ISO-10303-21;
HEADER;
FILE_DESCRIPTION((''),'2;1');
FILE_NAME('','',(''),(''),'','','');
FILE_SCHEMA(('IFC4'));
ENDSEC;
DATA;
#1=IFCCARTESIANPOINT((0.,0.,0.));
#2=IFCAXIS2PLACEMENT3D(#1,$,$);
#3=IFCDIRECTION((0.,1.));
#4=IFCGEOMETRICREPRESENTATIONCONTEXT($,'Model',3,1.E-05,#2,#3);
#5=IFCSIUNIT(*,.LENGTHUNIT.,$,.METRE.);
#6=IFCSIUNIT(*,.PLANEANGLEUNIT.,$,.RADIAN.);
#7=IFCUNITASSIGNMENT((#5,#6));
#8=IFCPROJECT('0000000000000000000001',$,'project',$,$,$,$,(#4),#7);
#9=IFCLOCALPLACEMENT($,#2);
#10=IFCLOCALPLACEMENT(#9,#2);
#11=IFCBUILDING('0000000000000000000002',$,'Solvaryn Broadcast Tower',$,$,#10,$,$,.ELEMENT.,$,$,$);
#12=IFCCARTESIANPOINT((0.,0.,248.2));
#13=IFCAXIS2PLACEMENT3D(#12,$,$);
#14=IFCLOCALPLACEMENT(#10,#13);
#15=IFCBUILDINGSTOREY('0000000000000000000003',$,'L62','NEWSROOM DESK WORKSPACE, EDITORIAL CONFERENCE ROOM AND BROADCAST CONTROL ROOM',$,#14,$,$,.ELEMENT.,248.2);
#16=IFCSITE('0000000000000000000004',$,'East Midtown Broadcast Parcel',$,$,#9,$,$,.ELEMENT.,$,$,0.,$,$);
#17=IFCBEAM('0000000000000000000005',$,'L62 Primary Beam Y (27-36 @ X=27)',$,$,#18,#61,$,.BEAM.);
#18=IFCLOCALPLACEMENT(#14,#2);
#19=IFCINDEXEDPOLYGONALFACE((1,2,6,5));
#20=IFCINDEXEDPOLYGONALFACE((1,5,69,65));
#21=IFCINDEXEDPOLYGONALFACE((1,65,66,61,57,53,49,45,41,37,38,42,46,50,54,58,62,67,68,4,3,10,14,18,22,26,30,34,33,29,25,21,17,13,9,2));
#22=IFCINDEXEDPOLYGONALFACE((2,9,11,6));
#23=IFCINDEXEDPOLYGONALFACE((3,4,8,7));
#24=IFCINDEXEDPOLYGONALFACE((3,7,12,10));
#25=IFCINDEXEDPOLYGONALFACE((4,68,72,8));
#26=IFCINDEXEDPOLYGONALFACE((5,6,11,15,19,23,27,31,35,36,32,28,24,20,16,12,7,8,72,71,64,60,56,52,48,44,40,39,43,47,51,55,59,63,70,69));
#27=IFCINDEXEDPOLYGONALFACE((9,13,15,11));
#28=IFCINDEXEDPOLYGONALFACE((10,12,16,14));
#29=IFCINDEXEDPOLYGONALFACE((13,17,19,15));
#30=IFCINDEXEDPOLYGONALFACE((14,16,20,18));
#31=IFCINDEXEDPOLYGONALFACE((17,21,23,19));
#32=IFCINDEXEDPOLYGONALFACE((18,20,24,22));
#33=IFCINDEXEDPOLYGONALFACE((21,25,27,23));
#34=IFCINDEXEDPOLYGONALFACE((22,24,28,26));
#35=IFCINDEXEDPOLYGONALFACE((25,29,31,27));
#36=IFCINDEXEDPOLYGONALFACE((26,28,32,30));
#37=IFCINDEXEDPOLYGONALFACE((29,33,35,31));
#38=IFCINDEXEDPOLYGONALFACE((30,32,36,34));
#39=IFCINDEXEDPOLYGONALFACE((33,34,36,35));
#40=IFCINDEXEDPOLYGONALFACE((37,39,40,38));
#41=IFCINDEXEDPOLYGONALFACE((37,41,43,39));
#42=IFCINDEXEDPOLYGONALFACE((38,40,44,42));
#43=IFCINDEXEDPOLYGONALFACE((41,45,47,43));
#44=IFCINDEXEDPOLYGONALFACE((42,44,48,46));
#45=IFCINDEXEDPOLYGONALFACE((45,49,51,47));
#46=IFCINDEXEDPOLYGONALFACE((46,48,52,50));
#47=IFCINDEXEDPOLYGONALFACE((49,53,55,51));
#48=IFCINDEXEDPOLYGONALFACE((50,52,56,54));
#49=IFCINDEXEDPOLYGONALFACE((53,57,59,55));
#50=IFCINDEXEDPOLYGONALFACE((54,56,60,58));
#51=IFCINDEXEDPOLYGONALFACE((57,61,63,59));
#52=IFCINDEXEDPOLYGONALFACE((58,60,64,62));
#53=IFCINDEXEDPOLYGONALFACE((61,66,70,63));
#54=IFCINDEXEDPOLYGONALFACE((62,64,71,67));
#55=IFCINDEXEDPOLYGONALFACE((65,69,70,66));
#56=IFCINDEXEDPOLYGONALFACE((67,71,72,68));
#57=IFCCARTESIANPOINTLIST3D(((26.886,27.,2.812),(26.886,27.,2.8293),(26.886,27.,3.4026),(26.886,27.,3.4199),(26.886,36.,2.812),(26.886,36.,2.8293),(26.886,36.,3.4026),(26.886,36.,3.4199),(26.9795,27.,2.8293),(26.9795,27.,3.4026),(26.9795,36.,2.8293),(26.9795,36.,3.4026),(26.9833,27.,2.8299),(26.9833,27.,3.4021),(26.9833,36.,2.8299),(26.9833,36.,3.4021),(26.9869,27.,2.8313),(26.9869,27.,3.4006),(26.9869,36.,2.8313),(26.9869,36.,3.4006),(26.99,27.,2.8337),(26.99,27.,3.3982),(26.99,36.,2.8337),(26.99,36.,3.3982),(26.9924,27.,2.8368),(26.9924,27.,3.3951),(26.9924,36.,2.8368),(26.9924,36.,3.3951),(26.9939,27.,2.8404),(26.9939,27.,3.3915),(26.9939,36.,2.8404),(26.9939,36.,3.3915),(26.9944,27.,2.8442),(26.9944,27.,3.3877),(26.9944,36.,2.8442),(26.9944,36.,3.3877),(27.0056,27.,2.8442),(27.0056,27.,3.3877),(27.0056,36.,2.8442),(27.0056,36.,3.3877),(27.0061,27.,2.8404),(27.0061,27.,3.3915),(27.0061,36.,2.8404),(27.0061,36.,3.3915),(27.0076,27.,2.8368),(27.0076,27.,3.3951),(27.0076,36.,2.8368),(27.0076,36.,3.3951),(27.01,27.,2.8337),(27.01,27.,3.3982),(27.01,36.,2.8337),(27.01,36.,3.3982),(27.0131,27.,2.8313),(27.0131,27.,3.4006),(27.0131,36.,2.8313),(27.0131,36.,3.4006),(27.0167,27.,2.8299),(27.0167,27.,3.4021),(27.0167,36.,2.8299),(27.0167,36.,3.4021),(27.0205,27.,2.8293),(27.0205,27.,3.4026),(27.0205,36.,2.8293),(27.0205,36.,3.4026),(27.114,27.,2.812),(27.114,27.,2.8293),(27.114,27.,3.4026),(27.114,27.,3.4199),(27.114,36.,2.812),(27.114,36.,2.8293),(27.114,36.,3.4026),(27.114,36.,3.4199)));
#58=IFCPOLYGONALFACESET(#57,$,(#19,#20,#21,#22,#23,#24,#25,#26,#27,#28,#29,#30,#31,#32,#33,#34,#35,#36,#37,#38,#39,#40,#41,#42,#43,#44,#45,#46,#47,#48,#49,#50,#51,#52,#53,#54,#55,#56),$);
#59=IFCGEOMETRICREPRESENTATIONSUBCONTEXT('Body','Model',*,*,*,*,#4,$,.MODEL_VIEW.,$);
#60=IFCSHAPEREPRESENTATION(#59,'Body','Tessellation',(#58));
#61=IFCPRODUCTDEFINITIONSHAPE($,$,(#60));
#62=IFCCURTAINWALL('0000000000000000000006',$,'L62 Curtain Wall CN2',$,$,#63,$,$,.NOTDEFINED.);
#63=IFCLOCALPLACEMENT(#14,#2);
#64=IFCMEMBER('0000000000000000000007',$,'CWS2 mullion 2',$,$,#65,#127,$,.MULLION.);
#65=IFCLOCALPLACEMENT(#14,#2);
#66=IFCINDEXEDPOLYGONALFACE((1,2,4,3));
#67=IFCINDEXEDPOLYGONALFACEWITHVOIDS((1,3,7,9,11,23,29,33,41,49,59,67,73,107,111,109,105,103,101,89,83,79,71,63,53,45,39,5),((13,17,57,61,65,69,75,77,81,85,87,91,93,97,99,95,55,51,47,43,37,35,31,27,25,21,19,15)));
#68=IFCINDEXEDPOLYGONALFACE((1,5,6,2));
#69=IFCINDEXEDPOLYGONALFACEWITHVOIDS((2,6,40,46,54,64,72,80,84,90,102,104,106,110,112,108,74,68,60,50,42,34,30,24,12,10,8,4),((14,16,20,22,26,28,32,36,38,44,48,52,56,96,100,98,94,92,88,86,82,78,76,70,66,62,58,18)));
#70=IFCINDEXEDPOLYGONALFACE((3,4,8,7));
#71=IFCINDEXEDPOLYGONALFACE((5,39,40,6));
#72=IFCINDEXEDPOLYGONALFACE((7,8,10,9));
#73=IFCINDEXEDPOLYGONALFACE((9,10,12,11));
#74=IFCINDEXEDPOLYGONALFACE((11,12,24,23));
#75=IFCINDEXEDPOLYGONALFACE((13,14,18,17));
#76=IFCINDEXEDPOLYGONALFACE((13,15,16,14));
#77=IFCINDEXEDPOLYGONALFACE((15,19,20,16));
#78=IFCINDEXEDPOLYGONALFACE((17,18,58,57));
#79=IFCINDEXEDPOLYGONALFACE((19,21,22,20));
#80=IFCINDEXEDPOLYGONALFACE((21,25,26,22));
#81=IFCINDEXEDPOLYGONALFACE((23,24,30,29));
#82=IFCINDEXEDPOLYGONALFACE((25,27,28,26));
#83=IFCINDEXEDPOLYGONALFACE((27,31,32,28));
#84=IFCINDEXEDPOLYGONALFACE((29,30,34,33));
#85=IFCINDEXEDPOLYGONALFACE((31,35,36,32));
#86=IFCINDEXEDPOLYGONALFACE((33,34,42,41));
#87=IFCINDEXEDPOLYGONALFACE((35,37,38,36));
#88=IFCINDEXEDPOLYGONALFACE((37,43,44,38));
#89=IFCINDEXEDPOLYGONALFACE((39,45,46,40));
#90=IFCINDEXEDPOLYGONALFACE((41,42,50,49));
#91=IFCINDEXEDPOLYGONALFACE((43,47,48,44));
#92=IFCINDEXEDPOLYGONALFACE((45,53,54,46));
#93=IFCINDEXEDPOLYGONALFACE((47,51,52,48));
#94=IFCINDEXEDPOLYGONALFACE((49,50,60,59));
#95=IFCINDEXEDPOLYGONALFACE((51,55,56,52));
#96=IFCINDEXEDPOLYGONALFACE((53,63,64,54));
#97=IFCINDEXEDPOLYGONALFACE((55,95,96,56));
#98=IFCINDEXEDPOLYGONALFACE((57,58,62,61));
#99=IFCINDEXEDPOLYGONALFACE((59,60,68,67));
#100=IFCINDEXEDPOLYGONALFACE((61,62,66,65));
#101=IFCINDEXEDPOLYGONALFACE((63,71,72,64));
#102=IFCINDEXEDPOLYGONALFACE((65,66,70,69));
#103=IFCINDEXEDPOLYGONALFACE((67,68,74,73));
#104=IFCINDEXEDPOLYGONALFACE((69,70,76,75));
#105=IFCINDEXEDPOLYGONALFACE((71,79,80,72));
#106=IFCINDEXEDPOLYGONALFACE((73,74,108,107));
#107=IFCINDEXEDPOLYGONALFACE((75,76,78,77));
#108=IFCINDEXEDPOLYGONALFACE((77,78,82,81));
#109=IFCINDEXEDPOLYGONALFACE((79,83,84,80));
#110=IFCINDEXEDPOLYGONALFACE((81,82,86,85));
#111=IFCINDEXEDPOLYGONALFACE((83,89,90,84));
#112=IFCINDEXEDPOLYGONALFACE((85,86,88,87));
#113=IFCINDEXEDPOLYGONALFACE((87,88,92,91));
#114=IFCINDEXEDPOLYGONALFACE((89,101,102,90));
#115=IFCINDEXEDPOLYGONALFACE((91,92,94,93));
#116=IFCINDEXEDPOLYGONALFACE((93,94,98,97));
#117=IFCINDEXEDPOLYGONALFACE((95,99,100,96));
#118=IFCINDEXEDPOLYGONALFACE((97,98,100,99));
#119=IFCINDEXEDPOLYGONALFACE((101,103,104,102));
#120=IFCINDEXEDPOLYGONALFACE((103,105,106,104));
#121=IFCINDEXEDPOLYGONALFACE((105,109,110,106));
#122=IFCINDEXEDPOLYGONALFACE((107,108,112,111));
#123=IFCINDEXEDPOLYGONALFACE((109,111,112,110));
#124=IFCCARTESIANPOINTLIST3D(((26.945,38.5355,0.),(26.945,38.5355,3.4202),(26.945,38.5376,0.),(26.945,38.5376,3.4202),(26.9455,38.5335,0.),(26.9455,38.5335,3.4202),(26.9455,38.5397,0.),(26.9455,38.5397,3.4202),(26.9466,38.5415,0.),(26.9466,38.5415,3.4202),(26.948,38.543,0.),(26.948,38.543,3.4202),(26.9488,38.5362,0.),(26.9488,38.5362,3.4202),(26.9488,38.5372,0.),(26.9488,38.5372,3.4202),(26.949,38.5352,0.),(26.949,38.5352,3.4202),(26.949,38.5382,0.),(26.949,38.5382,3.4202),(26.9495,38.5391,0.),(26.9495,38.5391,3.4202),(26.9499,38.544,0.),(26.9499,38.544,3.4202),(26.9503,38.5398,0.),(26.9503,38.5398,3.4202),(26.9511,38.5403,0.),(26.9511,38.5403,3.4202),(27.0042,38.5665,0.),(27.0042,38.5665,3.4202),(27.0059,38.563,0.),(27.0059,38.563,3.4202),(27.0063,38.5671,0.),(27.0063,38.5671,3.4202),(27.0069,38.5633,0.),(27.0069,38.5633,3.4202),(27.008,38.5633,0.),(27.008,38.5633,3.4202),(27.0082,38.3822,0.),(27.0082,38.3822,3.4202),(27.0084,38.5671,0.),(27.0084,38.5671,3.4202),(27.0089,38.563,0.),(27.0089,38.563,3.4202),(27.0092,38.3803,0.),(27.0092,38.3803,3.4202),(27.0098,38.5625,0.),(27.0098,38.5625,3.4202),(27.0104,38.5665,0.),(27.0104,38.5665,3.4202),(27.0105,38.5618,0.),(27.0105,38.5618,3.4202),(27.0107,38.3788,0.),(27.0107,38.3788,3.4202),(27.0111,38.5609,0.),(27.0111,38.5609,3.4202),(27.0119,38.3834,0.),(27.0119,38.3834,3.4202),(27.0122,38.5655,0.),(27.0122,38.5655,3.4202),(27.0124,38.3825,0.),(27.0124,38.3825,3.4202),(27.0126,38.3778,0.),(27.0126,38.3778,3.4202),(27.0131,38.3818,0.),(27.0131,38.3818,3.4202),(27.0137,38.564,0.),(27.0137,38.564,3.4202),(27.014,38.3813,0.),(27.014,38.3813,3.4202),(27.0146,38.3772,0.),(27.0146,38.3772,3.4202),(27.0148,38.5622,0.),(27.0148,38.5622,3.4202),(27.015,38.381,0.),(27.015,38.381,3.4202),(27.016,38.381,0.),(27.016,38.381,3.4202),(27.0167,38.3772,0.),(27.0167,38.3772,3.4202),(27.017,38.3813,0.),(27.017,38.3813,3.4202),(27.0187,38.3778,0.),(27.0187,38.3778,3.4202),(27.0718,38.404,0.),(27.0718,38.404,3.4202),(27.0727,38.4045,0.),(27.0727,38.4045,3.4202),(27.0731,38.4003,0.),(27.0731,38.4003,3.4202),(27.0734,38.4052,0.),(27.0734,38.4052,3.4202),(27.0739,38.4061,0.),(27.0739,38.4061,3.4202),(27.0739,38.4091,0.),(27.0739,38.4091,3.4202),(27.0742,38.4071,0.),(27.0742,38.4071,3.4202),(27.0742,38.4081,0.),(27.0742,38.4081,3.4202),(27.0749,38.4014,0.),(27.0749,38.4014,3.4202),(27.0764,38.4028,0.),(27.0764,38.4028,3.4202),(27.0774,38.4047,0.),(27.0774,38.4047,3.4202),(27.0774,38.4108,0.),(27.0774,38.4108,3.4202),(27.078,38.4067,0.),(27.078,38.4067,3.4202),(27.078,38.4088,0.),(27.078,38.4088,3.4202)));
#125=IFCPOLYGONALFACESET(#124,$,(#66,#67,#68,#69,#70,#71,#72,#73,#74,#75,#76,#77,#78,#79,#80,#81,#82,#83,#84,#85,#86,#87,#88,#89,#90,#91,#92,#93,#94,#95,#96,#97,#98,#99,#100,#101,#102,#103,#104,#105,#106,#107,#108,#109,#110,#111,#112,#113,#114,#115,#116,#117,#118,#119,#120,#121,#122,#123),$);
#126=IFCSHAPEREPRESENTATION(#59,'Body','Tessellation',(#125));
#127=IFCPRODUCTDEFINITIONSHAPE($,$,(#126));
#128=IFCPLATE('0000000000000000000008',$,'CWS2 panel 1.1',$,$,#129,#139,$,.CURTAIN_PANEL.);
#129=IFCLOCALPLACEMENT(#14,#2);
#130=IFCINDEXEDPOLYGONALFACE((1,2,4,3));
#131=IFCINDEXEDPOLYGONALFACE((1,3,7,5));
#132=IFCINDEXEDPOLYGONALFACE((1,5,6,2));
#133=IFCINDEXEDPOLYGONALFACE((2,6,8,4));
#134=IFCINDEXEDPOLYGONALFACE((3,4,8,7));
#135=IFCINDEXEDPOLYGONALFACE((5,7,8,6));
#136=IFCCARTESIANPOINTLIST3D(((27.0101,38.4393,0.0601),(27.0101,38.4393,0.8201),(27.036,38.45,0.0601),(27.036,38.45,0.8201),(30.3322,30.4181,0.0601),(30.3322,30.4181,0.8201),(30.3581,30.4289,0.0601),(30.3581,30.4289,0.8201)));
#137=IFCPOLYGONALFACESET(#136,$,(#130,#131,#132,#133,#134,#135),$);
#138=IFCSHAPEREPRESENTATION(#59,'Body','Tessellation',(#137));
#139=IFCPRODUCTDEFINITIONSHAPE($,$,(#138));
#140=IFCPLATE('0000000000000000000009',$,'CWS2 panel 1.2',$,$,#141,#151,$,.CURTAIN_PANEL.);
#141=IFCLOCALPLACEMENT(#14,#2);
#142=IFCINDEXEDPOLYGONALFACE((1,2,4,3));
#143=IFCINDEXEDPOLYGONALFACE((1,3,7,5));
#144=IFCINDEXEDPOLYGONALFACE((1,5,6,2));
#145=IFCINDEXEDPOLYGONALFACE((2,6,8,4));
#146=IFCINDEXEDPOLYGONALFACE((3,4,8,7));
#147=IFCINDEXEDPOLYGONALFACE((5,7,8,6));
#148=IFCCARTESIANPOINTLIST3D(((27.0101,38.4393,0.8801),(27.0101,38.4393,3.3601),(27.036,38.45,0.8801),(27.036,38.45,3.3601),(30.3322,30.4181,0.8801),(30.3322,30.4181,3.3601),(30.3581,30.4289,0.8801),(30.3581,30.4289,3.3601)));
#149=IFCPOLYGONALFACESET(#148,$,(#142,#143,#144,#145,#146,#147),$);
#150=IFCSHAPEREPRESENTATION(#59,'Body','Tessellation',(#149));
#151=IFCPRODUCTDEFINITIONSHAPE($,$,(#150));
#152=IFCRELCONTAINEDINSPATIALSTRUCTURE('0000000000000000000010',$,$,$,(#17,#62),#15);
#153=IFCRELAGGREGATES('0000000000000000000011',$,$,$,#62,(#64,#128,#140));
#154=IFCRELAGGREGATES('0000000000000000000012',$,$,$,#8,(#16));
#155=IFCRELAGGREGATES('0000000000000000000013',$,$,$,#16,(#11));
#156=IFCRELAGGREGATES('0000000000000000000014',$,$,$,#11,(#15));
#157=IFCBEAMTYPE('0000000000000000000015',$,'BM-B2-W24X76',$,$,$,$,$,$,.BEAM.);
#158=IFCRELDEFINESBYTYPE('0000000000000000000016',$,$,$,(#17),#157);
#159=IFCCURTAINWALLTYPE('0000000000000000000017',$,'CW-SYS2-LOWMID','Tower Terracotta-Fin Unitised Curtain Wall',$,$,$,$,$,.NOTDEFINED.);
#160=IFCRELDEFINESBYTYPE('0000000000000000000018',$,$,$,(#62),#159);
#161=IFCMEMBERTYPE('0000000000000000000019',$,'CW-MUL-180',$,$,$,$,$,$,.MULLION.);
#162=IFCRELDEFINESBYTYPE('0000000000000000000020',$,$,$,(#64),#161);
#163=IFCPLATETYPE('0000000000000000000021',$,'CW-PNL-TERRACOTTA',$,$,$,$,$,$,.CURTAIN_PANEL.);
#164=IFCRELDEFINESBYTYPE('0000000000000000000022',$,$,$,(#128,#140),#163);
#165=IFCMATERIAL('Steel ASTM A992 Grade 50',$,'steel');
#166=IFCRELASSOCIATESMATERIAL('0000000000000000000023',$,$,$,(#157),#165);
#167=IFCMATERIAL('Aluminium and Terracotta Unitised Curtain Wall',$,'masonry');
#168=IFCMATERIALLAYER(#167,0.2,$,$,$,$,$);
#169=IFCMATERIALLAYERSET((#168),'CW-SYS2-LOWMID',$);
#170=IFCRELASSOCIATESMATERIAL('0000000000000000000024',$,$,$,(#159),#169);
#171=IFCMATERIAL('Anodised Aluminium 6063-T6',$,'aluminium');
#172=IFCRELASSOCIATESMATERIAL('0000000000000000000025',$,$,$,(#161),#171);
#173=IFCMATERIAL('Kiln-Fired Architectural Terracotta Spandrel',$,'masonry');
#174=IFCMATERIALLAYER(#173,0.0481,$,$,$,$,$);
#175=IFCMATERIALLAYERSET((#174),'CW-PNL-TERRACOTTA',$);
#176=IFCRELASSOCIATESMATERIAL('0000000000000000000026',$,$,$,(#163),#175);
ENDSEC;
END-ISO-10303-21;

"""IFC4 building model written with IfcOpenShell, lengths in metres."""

from ifc_helpers import new_model, si_unit, direction, frame, origin, origin_2d, place, context, subcontext, project, spatial, rectangle, hollow_rectangle, i_section, extrude, material, layer, layer_set, material_profile, profile_set, type_object, element, aggregate, save


model = new_model("IFC4")

# Units and contexts
model_context = context("Model", 3, precision=1e-05, world=origin(), true_north=direction((0.0, 1.0)))
body_context = subcontext(model_context, "Body", "Model", "MODEL_VIEW")
ifc_project = project(units=[si_unit("LENGTHUNIT", "METRE"), si_unit("PLANEANGLEUNIT", "RADIAN")], contexts=[model_context])

# Site, building, storey
site_placement = place(None, origin())
site = spatial("IfcSite", under=ifc_project, at=site_placement, Name="East Midtown Broadcast Parcel", CompositionType="ELEMENT", RefElevation=0.0)
building_placement = place(site_placement, origin())
building = spatial("IfcBuilding", under=site, at=building_placement, Name="Solvaryn Broadcast Tower", CompositionType="ELEMENT")
storey_placement = place(building_placement, frame((0.0, 0.0, 248.2)))
storey = spatial("IfcBuildingStorey", under=building, at=storey_placement, Name="L62", Description="NEWSROOM DESK WORKSPACE, EDITORIAL CONFERENCE ROOM AND BROADCAST CONTROL ROOM", CompositionType="ELEMENT", Elevation=248.2)

# Beam
ifc_material_1 = material(Name="Steel ASTM A992 Grade 50", Category="steel")
ifc_material_profile_1 = material_profile(ifc_material_1, i_section(OverallWidth=0.228, OverallDepth=0.6079, WebThickness=0.0112, FlangeThickness=0.0173, FilletRadius=0.0149, at=origin_2d()))
ifc_profile_set_1 = profile_set([ifc_material_profile_1], Name="Steel ASTM A992 Grade 50")
beam_type_1 = type_object("IfcBeamType", Name="BM-B2-W24X76", PredefinedType="BEAM", material=ifc_profile_set_1)
beam_1_placement = place(storey_placement, frame((27.0, 27.0, 3.116), z_axis=(0.0, 1.0, 0.0), x_axis=(-1.0, 0.0, 0.0)))
element("IfcBeam", 1, at=beam_1_placement, inside=storey, type_object=beam_type_1, Name="L62 Primary Beam Y (27-36 @ X=27)", PredefinedType="BEAM", context=body_context, shape_type="SweptSolid", body=[
    extrude(i_section(OverallWidth=0.228, OverallDepth=0.6079, WebThickness=0.0112, FlangeThickness=0.0173, FilletRadius=0.0149, at=origin_2d()), origin(), (0.0, 0.0, 1.0), 9.0),
])

# Curtain wall, member, plates
ifc_material_2 = material(Name="Aluminium and Terracotta Unitised Curtain Wall", Category="masonry")
ifc_layer_1 = layer(ifc_material_2, 0.2)
ifc_layer_set_1 = layer_set([ifc_layer_1], Name="CW-SYS2-LOWMID")
curtain_wall_type = type_object("IfcCurtainWallType", Name="CW-SYS2-LOWMID", Description="Tower Terracotta-Fin Unitised Curtain Wall", PredefinedType="NOTDEFINED", material=ifc_layer_set_1)
curtain_wall_placement = place(storey_placement, origin())
curtain_wall = element("IfcCurtainWall", 2, at=curtain_wall_placement, inside=storey, type_object=curtain_wall_type, Name="L62 Curtain Wall CN2", PredefinedType="NOTDEFINED")
ifc_material_3 = material(Name="Anodised Aluminium 6063-T6", Category="aluminium")
ifc_material_profile_2 = material_profile(ifc_material_3, hollow_rectangle(XDim=0.075, YDim=0.1799, WallThickness=0.0039, InnerFilletRadius=0.0039, OuterFilletRadius=0.0081, at=origin_2d()))
ifc_profile_set_2 = profile_set([ifc_material_profile_2], Name="Anodised Aluminium 6063-T6")
member_type = type_object("IfcMemberType", Name="CW-MUL-180", PredefinedType="MULLION", material=ifc_profile_set_2)
member_placement = place(storey_placement, frame((27.0115, 38.4722, 0.0), z_axis=(0.0, 0.0, 1.0), x_axis=(-0.923895, -0.382646, 0.0)))
member = element("IfcMember", 3, at=member_placement, type_object=member_type, Name="CWS2 mullion 2", PredefinedType="MULLION", context=body_context, shape_type="SweptSolid", body=[
    extrude(hollow_rectangle(XDim=0.075, YDim=0.1799, WallThickness=0.0039, InnerFilletRadius=0.0039, OuterFilletRadius=0.0081, at=origin_2d()), origin(), (0.0, 0.0, 1.0), 3.4202),
])
ifc_material_4 = material(Name="Kiln-Fired Architectural Terracotta Spandrel", Category="masonry")
ifc_layer_2 = layer(ifc_material_4, 0.0481)
ifc_layer_set_2 = layer_set([ifc_layer_2], Name="CW-PNL-TERRACOTTA")
plate_type = type_object("IfcPlateType", Name="CW-PNL-TERRACOTTA", PredefinedType="CURTAIN_PANEL", material=ifc_layer_set_2)
plate_1_placement = place(storey_placement, frame((28.6841, 34.4341, 0.0601), z_axis=(0.0, 0.0, 1.0), x_axis=(-0.382646, 0.923895, 0.0)))
plate_1 = element("IfcPlate", 4, at=plate_1_placement, type_object=plate_type, Name="CWS2 panel 1.1", PredefinedType="CURTAIN_PANEL", context=body_context, shape_type="SweptSolid", body=[
    extrude(rectangle(XDim=8.6819, YDim=0.0281, at=origin_2d()), origin(), (0.0, 0.0, 1.0), 0.76),
])
plate_2_placement = place(storey_placement, frame((28.6841, 34.4341, 0.8801), z_axis=(0.0, 0.0, 1.0), x_axis=(-0.382646, 0.923895, 0.0)))
plate_2 = element("IfcPlate", 5, at=plate_2_placement, type_object=plate_type, Name="CWS2 panel 1.2", PredefinedType="CURTAIN_PANEL", context=body_context, shape_type="SweptSolid", body=[
    extrude(rectangle(XDim=8.6819, YDim=0.0281, at=origin_2d()), origin(), (0.0, 0.0, 1.0), 2.48),
])
aggregate(curtain_wall, [member, plate_1, plate_2])

save(model, "model.ifc")
